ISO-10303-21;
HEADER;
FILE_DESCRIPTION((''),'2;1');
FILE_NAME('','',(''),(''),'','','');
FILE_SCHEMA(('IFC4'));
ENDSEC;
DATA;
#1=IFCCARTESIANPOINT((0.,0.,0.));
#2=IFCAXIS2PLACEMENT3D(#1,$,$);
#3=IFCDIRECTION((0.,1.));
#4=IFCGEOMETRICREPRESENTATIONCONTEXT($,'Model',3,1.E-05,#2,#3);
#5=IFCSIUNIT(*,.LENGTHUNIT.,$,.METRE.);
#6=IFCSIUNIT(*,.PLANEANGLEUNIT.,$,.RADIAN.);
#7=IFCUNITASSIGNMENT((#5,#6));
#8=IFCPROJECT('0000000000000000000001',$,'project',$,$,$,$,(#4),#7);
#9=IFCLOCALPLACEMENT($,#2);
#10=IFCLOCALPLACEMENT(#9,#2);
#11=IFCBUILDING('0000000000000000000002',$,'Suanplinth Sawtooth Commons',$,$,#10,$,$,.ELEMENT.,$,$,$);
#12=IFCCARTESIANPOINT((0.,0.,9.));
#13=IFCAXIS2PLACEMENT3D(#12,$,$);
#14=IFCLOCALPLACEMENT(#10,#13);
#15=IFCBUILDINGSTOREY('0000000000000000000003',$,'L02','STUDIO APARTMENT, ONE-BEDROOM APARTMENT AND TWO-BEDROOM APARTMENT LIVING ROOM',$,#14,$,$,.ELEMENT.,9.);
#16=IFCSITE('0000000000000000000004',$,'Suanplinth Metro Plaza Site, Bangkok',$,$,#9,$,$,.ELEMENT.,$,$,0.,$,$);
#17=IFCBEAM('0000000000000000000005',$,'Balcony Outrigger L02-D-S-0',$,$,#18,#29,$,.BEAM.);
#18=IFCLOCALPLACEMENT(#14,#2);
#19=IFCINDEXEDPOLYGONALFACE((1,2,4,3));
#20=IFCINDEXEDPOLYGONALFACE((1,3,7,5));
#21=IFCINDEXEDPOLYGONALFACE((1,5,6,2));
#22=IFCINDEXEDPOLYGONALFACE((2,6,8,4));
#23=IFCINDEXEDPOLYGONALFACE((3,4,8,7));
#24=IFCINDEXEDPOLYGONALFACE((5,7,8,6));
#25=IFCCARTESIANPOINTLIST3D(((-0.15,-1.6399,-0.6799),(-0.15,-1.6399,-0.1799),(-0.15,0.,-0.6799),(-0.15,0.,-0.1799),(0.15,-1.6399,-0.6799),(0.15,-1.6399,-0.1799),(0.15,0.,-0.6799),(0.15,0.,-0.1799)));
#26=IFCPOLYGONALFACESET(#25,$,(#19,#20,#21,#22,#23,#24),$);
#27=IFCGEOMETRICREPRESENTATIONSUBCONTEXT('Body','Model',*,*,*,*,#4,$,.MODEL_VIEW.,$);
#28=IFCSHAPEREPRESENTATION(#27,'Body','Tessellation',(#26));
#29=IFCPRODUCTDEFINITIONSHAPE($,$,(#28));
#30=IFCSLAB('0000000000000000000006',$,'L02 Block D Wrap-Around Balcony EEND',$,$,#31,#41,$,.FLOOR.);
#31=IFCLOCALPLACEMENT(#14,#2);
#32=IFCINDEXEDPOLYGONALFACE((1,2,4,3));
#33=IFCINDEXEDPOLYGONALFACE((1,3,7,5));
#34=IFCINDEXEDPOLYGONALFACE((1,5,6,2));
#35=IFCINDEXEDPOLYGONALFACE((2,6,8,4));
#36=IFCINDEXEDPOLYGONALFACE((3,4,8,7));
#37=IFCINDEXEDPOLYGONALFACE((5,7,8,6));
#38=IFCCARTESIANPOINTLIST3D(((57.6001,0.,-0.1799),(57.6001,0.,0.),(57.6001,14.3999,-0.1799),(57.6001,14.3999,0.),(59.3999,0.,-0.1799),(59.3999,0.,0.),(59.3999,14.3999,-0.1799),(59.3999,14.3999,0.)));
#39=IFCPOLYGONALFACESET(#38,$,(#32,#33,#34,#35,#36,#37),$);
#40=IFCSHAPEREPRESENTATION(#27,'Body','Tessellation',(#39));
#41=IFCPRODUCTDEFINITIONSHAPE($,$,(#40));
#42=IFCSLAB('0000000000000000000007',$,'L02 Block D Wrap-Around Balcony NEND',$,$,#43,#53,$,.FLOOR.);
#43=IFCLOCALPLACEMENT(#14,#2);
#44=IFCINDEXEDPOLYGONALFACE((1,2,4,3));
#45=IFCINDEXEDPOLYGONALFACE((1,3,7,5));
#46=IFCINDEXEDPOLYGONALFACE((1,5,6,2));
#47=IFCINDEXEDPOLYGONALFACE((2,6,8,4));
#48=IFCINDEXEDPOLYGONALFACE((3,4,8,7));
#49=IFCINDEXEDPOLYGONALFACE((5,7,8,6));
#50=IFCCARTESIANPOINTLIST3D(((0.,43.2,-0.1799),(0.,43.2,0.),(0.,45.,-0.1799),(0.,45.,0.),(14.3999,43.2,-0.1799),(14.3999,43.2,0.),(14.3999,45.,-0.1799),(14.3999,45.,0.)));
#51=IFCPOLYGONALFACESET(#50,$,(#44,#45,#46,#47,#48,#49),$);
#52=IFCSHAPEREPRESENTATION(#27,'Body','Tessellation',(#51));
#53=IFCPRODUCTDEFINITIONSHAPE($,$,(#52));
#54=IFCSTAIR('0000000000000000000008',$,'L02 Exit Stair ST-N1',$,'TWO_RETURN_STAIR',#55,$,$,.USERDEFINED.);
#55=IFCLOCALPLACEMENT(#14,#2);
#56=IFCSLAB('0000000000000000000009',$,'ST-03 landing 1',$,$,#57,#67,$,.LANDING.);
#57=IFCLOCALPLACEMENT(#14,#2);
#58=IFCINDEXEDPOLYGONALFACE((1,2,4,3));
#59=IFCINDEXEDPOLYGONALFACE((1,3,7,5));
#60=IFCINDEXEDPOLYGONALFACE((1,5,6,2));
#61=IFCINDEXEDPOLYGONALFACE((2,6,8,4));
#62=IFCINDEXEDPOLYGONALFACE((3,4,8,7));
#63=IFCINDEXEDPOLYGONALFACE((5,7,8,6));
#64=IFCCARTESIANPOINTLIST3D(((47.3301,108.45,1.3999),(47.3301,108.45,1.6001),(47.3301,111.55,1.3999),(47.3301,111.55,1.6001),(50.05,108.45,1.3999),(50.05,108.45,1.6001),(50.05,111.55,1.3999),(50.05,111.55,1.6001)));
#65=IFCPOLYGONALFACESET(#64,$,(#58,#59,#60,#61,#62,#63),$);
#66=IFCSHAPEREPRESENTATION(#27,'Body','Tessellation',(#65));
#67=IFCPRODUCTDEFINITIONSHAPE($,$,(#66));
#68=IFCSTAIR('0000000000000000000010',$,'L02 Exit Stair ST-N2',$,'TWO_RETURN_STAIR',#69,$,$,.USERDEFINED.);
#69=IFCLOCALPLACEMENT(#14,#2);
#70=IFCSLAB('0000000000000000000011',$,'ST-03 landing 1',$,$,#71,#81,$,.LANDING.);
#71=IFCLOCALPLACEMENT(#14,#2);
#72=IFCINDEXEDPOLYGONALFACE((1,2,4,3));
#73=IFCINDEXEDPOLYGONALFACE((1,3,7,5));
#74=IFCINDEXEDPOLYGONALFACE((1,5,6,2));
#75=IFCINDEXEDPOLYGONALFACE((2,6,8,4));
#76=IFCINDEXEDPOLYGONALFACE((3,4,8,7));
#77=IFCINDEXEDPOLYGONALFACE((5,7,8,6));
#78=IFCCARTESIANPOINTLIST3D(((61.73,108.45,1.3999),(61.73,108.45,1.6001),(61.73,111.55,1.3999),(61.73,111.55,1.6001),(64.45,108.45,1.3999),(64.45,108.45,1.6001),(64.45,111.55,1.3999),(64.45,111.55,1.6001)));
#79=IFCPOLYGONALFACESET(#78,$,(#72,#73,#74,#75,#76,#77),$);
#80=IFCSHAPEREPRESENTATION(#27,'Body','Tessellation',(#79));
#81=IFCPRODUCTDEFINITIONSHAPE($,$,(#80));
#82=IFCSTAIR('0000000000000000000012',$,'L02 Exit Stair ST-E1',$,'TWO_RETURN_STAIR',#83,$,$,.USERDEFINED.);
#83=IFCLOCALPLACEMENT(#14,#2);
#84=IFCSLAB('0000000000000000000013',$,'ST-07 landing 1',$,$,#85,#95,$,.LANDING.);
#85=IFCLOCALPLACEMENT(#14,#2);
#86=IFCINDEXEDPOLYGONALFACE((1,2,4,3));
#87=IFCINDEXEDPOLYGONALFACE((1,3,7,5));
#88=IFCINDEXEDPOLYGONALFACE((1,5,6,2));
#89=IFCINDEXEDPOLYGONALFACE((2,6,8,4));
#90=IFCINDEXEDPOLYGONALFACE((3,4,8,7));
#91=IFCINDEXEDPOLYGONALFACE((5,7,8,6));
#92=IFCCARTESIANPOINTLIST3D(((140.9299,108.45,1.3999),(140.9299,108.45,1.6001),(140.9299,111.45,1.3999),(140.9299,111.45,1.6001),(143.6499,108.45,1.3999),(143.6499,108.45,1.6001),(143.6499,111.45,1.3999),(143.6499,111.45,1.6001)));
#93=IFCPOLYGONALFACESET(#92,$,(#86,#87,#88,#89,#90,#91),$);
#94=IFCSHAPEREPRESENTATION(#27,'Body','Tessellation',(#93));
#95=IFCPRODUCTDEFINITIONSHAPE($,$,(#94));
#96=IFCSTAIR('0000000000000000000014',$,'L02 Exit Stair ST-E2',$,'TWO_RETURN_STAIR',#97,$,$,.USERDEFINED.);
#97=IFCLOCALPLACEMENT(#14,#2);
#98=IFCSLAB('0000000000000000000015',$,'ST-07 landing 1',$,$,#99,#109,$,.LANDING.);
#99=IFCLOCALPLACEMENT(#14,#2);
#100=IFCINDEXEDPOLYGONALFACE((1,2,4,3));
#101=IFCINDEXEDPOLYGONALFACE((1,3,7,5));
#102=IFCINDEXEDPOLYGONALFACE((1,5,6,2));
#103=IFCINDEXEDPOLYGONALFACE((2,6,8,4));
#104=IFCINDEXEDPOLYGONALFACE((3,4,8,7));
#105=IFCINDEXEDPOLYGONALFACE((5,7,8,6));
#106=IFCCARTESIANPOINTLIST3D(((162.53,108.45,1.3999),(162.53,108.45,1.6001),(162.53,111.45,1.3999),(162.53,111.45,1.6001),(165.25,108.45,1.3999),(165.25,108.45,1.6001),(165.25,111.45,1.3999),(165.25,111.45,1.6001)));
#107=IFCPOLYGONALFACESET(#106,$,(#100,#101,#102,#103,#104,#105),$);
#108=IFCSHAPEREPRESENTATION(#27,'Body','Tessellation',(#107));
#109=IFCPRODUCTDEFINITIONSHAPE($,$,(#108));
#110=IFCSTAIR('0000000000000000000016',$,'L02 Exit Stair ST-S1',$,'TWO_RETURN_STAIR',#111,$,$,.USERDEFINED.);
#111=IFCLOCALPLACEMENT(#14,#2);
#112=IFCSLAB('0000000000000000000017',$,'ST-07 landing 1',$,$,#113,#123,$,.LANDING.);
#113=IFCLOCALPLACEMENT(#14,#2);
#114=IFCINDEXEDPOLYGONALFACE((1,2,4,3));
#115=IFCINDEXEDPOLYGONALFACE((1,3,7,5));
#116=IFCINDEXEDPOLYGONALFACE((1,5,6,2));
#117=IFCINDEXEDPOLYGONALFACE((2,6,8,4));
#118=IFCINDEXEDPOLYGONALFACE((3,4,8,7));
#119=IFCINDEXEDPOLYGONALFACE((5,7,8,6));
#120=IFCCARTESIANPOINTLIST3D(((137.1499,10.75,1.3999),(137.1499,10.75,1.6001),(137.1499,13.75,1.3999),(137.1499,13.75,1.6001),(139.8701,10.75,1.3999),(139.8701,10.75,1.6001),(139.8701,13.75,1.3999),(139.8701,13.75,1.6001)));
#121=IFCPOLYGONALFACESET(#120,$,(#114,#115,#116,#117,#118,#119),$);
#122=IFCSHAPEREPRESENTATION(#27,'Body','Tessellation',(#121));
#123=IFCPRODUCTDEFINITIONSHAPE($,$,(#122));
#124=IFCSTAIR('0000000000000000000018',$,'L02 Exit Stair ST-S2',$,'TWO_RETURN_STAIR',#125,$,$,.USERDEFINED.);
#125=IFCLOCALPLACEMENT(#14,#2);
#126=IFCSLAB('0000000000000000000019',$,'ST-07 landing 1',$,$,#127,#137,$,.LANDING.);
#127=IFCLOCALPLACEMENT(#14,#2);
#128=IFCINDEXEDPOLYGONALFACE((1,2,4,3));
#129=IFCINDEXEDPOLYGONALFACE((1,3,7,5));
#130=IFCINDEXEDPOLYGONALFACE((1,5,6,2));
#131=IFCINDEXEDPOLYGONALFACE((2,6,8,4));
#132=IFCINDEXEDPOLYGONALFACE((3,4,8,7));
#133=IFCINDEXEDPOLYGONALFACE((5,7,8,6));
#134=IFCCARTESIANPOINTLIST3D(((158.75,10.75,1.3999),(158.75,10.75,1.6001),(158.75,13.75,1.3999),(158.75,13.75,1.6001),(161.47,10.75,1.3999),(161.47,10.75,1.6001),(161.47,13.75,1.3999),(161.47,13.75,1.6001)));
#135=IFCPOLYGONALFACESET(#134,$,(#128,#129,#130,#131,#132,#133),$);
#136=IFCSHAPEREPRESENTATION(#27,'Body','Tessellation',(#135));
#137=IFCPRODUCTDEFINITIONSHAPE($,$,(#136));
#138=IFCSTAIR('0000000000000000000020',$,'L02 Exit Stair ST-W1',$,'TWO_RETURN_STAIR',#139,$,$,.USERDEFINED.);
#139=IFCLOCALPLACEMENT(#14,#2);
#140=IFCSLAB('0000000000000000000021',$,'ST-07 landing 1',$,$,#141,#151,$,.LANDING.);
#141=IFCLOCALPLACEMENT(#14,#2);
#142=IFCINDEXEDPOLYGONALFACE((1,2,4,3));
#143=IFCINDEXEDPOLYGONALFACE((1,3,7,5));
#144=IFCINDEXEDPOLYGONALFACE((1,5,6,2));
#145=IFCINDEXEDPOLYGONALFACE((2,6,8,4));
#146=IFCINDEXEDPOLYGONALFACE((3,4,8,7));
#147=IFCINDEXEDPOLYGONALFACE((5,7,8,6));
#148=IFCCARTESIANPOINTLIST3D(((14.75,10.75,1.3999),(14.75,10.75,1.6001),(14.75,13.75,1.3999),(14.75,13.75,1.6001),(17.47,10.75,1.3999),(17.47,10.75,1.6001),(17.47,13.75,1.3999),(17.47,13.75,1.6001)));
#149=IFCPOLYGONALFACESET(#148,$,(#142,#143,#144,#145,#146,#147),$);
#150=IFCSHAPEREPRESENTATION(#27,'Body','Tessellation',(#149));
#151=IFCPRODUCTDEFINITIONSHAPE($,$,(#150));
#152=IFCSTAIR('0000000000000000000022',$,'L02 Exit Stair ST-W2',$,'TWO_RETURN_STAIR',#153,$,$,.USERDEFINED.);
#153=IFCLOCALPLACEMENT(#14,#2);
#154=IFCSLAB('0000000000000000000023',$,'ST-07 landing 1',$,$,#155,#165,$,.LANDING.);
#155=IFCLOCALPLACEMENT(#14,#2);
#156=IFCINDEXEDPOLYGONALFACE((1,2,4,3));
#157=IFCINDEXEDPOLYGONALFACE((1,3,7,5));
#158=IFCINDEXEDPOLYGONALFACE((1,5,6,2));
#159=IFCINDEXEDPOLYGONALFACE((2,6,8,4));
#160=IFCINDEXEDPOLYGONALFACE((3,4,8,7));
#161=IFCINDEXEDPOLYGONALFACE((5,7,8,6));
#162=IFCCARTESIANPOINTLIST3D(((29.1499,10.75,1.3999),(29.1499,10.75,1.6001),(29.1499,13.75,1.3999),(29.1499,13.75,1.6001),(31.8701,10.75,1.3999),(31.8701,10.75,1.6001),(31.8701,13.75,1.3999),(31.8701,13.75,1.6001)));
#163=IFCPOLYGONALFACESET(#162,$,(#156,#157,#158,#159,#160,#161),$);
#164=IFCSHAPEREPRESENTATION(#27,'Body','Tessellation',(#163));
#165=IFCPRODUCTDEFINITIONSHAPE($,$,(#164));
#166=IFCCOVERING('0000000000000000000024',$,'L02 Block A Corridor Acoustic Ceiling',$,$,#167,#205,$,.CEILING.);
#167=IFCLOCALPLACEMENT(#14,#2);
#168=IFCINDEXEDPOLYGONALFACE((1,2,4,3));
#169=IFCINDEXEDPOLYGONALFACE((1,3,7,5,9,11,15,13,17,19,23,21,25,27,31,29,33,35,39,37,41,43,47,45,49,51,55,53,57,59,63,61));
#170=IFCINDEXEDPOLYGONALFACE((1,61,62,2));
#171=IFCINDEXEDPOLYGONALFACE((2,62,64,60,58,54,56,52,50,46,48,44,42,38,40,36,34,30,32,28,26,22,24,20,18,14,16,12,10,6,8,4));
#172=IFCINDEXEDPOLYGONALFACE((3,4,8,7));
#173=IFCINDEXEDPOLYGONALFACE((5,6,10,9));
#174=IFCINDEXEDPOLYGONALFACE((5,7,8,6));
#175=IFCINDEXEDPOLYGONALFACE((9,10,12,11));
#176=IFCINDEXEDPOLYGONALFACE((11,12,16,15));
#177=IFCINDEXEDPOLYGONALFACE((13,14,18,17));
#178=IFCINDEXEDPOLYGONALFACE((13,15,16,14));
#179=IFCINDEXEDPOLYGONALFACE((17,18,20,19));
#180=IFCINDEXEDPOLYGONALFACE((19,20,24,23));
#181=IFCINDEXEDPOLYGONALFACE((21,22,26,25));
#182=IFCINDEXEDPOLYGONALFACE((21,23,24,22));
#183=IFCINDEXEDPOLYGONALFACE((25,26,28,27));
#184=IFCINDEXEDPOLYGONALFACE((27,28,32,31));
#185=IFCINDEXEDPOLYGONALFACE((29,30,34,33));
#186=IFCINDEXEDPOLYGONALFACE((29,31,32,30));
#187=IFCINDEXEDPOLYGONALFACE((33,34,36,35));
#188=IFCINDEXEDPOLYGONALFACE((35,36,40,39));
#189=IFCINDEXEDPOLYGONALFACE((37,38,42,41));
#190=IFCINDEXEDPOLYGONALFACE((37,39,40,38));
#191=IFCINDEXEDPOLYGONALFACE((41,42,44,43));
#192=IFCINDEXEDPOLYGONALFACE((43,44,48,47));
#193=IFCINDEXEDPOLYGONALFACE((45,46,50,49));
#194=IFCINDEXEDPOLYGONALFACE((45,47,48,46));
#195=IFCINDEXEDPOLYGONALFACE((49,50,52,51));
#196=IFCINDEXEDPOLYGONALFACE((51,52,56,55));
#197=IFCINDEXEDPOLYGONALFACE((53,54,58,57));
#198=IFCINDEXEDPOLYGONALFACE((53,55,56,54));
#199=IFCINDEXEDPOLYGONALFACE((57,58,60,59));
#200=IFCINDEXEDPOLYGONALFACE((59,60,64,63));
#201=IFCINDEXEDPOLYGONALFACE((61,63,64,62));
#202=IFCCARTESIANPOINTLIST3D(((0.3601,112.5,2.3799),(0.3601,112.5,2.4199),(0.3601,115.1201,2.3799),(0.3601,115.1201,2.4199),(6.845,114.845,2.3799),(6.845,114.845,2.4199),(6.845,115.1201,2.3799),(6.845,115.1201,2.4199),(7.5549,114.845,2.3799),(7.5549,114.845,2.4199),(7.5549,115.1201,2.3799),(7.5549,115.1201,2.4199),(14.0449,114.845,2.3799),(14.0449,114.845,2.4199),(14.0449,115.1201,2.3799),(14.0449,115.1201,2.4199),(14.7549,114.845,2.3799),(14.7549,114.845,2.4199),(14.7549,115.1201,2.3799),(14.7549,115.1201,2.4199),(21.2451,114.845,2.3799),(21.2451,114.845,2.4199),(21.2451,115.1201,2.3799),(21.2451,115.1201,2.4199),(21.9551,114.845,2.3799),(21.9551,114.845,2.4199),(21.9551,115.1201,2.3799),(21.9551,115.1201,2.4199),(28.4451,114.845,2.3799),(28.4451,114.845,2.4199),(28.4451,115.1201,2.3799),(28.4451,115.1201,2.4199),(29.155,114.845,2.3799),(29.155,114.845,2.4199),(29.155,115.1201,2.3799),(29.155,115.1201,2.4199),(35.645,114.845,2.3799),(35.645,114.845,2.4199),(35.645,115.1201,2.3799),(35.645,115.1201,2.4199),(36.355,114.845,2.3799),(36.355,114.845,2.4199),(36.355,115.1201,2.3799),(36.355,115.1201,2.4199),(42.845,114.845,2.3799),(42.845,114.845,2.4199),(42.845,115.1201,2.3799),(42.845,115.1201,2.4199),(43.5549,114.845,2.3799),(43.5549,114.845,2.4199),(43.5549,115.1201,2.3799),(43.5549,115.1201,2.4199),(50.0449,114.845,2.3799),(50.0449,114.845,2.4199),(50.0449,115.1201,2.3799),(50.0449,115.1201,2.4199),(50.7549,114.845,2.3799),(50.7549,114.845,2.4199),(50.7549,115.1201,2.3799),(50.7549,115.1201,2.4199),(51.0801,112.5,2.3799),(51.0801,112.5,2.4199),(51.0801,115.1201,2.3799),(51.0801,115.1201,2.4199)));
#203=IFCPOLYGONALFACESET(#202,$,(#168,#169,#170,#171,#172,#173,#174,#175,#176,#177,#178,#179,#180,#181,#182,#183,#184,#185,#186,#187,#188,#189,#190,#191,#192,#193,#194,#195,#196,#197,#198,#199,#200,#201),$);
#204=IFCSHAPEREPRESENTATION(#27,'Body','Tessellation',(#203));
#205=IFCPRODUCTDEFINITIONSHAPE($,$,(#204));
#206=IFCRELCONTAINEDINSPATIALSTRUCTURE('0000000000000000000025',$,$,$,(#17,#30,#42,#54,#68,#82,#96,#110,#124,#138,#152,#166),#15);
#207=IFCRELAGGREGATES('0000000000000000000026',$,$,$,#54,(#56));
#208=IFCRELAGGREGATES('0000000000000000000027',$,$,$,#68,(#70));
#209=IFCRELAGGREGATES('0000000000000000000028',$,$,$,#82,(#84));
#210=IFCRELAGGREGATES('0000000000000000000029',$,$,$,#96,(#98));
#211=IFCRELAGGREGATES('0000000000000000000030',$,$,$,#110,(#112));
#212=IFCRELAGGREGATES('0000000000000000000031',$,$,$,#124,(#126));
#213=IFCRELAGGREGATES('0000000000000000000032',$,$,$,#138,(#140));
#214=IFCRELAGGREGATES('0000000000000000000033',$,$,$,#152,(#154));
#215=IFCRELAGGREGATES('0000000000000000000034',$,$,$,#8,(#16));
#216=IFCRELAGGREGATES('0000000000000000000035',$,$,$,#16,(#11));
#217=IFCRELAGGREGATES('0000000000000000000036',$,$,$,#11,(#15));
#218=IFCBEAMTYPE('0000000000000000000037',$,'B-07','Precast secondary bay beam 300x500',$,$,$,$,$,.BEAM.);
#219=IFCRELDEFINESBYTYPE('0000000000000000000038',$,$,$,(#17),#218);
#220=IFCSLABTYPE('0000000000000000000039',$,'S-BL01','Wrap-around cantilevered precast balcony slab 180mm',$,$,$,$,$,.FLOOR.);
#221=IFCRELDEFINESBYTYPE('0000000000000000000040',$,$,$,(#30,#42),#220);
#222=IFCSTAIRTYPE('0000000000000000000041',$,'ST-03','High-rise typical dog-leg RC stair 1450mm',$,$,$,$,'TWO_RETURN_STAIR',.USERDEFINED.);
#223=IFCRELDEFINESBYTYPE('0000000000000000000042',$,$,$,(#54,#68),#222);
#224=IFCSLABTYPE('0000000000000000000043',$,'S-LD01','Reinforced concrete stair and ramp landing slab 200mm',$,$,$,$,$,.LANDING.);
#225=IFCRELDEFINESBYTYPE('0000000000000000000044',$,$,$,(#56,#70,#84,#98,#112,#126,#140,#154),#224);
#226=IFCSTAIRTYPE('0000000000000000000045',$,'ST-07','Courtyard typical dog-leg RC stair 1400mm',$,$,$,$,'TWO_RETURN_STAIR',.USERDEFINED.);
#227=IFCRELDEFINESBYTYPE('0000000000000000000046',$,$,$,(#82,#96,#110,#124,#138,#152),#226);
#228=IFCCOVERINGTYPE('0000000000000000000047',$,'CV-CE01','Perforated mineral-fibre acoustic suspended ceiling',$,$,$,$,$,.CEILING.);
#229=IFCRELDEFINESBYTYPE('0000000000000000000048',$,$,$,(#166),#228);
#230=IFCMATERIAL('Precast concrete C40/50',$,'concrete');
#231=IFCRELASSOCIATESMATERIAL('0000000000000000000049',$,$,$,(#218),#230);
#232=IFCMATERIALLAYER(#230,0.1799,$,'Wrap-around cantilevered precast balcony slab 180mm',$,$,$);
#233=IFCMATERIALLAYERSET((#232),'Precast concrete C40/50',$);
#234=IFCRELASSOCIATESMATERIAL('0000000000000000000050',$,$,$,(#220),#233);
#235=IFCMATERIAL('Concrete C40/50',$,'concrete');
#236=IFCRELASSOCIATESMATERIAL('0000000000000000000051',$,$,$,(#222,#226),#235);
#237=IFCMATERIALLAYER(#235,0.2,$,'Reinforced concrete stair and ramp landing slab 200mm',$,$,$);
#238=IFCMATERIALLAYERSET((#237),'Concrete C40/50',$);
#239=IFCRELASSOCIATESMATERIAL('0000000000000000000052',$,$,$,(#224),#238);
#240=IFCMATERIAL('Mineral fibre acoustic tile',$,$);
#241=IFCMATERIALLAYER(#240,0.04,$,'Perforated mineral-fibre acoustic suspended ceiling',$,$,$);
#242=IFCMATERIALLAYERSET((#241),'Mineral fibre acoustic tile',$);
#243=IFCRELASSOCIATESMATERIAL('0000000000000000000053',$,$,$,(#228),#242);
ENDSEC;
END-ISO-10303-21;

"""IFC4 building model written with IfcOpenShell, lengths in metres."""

from ifc_helpers import new_model, si_unit, direction, frame, origin, origin_2d, place, context, subcontext, project, spatial, polyline, rectangle, outline, extrude, material, layer, layer_set, material_profile, profile_set, type_object, element, aggregate, save


model = new_model("IFC4")

# Units and contexts
model_context = context("Model", 3, precision=1e-05, world=origin(), true_north=direction((0.0, 1.0)))
body_context = subcontext(model_context, "Body", "Model", "MODEL_VIEW")
ifc_project = project(units=[si_unit("LENGTHUNIT", "METRE"), si_unit("PLANEANGLEUNIT", "RADIAN")], contexts=[model_context])

# Site, building, storey
site_placement = place(None, origin())
site = spatial("IfcSite", under=ifc_project, at=site_placement, Name="Suanplinth Metro Plaza Site, Bangkok", CompositionType="ELEMENT", RefElevation=0.0)
building_placement = place(site_placement, origin())
building = spatial("IfcBuilding", under=site, at=building_placement, Name="Suanplinth Sawtooth Commons", CompositionType="ELEMENT")
storey_placement = place(building_placement, frame((0.0, 0.0, 9.0)))
storey = spatial("IfcBuildingStorey", under=building, at=storey_placement, Name="L02", Description="STUDIO APARTMENT, ONE-BEDROOM APARTMENT AND TWO-BEDROOM APARTMENT LIVING ROOM", CompositionType="ELEMENT", Elevation=9.0)

# Beam
ifc_material_1 = material(Name="Precast concrete C40/50", Category="concrete")
ifc_material_profile = material_profile(ifc_material_1, rectangle(XDim=0.3, YDim=0.5, at=origin_2d()), Name="PC-BM 300x500")
ifc_profile_set = profile_set([ifc_material_profile], Name="Precast concrete C40/50")
beam_type = type_object("IfcBeamType", Name="B-07", Description="Precast secondary bay beam 300x500", PredefinedType="BEAM", material=ifc_profile_set)
beam_placement = place(storey_placement, frame((0.0, 0.0, -0.4299), z_axis=(0.0, -1.0, 0.0), x_axis=(1.0, 0.0, 0.0)))
element("IfcBeam", 1, at=beam_placement, inside=storey, type_object=beam_type, Name="Balcony Outrigger L02-D-S-0", PredefinedType="BEAM", context=body_context, shape_type="SweptSolid", body=[
    extrude(rectangle(XDim=0.3, YDim=0.5, at=origin_2d()), origin(), (0.0, 0.0, 1.0), 1.6399),
])

# Slabs
ifc_layer_1 = layer(ifc_material_1, 0.1799, Name="Wrap-around cantilevered precast balcony slab 180mm")
ifc_layer_set_1 = layer_set([ifc_layer_1], Name="Precast concrete C40/50")
slab_type_1 = type_object("IfcSlabType", Name="S-BL01", Description="Wrap-around cantilevered precast balcony slab 180mm", PredefinedType="FLOOR", material=ifc_layer_set_1)
slab_1_placement = place(storey_placement, frame((0.0, 0.0, -0.1799)))
element("IfcSlab", 2, at=slab_1_placement, inside=storey, type_object=slab_type_1, Name="L02 Block D Wrap-Around Balcony EEND", PredefinedType="FLOOR", context=body_context, shape_type="SweptSolid", body=[
    extrude(outline(polyline([(59.3999, 14.3999), (59.3999, 0.0), (57.6001, 0.0), (57.6001, 14.3999), (59.3999, 14.3999)])), origin(), (0.0, 0.0, 1.0), 0.1799),
])
slab_2_placement = place(storey_placement, frame((0.0, 0.0, -0.1799)))
element("IfcSlab", 3, at=slab_2_placement, inside=storey, type_object=slab_type_1, Name="L02 Block D Wrap-Around Balcony NEND", PredefinedType="FLOOR", context=body_context, shape_type="SweptSolid", body=[
    extrude(outline(polyline([(0.0, 45.0), (14.3999, 45.0), (14.3999, 43.2), (0.0, 43.2), (0.0, 45.0)])), origin(), (0.0, 0.0, 1.0), 0.1799),
])

# Stairs, slabs
ifc_material_2 = material(Name="Concrete C40/50", Category="concrete")
stair_type_1 = type_object("IfcStairType", Name="ST-03", Description="High-rise typical dog-leg RC stair 1450mm", ElementType="TWO_RETURN_STAIR", PredefinedType="USERDEFINED", material=ifc_material_2)
stair_1_placement = place(storey_placement, origin())
stair_1 = element("IfcStair", 4, at=stair_1_placement, inside=storey, type_object=stair_type_1, Name="L02 Exit Stair ST-N1", ObjectType="TWO_RETURN_STAIR", PredefinedType="USERDEFINED")
ifc_layer_2 = layer(ifc_material_2, 0.2, Name="Reinforced concrete stair and ramp landing slab 200mm")
ifc_layer_set_2 = layer_set([ifc_layer_2], Name="Concrete C40/50")
slab_type_2 = type_object("IfcSlabType", Name="S-LD01", Description="Reinforced concrete stair and ramp landing slab 200mm", PredefinedType="LANDING", material=ifc_layer_set_2)
slab_3_placement = place(storey_placement, frame((0.0, 0.0, 1.3999)))
slab_3 = element("IfcSlab", 5, at=slab_3_placement, type_object=slab_type_2, Name="ST-03 landing 1", PredefinedType="LANDING", context=body_context, shape_type="SweptSolid", body=[
    extrude(outline(polyline([(47.3301, 108.45), (50.05, 108.45), (50.05, 111.55), (47.3301, 111.55), (47.3301, 108.45)])), origin(), (0.0, 0.0, 1.0), 0.2002),
])
aggregate(stair_1, [slab_3])
stair_2_placement = place(storey_placement, origin())
stair_2 = element("IfcStair", 6, at=stair_2_placement, inside=storey, type_object=stair_type_1, Name="L02 Exit Stair ST-N2", ObjectType="TWO_RETURN_STAIR", PredefinedType="USERDEFINED")
slab_4_placement = place(storey_placement, frame((0.0, 0.0, 1.3999)))
slab_4 = element("IfcSlab", 7, at=slab_4_placement, type_object=slab_type_2, Name="ST-03 landing 1", PredefinedType="LANDING", context=body_context, shape_type="SweptSolid", body=[
    extrude(outline(polyline([(61.73, 108.45), (64.45, 108.45), (64.45, 111.55), (61.73, 111.55), (61.73, 108.45)])), origin(), (0.0, 0.0, 1.0), 0.2002),
])
aggregate(stair_2, [slab_4])
stair_type_2 = type_object("IfcStairType", Name="ST-07", Description="Courtyard typical dog-leg RC stair 1400mm", ElementType="TWO_RETURN_STAIR", PredefinedType="USERDEFINED", material=ifc_material_2)
stair_3_placement = place(storey_placement, origin())
stair_3 = element("IfcStair", 8, at=stair_3_placement, inside=storey, type_object=stair_type_2, Name="L02 Exit Stair ST-E1", ObjectType="TWO_RETURN_STAIR", PredefinedType="USERDEFINED")
slab_5_placement = place(storey_placement, frame((0.0, 0.0, 1.3999)))
slab_5 = element("IfcSlab", 9, at=slab_5_placement, type_object=slab_type_2, Name="ST-07 landing 1", PredefinedType="LANDING", context=body_context, shape_type="SweptSolid", body=[
    extrude(outline(polyline([(140.9299, 108.45), (143.6499, 108.45), (143.6499, 111.45), (140.9299, 111.45), (140.9299, 108.45)])), origin(), (0.0, 0.0, 1.0), 0.2002),
])
aggregate(stair_3, [slab_5])
stair_4_placement = place(storey_placement, origin())
stair_4 = element("IfcStair", 10, at=stair_4_placement, inside=storey, type_object=stair_type_2, Name="L02 Exit Stair ST-E2", ObjectType="TWO_RETURN_STAIR", PredefinedType="USERDEFINED")
slab_6_placement = place(storey_placement, frame((0.0, 0.0, 1.3999)))
slab_6 = element("IfcSlab", 11, at=slab_6_placement, type_object=slab_type_2, Name="ST-07 landing 1", PredefinedType="LANDING", context=body_context, shape_type="SweptSolid", body=[
    extrude(outline(polyline([(162.53, 108.45), (165.25, 108.45), (165.25, 111.45), (162.53, 111.45), (162.53, 108.45)])), origin(), (0.0, 0.0, 1.0), 0.2002),
])
aggregate(stair_4, [slab_6])
stair_5_placement = place(storey_placement, origin())
stair_5 = element("IfcStair", 12, at=stair_5_placement, inside=storey, type_object=stair_type_2, Name="L02 Exit Stair ST-S1", ObjectType="TWO_RETURN_STAIR", PredefinedType="USERDEFINED")
slab_7_placement = place(storey_placement, frame((0.0, 0.0, 1.3999)))
slab_7 = element("IfcSlab", 13, at=slab_7_placement, type_object=slab_type_2, Name="ST-07 landing 1", PredefinedType="LANDING", context=body_context, shape_type="SweptSolid", body=[
    extrude(outline(polyline([(139.8701, 13.75), (137.1499, 13.75), (137.1499, 10.75), (139.8701, 10.75), (139.8701, 13.75)])), origin(), (0.0, 0.0, 1.0), 0.2002),
])
aggregate(stair_5, [slab_7])
stair_6_placement = place(storey_placement, origin())
stair_6 = element("IfcStair", 14, at=stair_6_placement, inside=storey, type_object=stair_type_2, Name="L02 Exit Stair ST-S2", ObjectType="TWO_RETURN_STAIR", PredefinedType="USERDEFINED")
slab_8_placement = place(storey_placement, frame((0.0, 0.0, 1.3999)))
slab_8 = element("IfcSlab", 15, at=slab_8_placement, type_object=slab_type_2, Name="ST-07 landing 1", PredefinedType="LANDING", context=body_context, shape_type="SweptSolid", body=[
    extrude(outline(polyline([(161.47, 13.75), (158.75, 13.75), (158.75, 10.75), (161.47, 10.75), (161.47, 13.75)])), origin(), (0.0, 0.0, 1.0), 0.2002),
])
aggregate(stair_6, [slab_8])
stair_7_placement = place(storey_placement, origin())
stair_7 = element("IfcStair", 16, at=stair_7_placement, inside=storey, type_object=stair_type_2, Name="L02 Exit Stair ST-W1", ObjectType="TWO_RETURN_STAIR", PredefinedType="USERDEFINED")
slab_9_placement = place(storey_placement, frame((0.0, 0.0, 1.3999)))
slab_9 = element("IfcSlab", 17, at=slab_9_placement, type_object=slab_type_2, Name="ST-07 landing 1", PredefinedType="LANDING", context=body_context, shape_type="SweptSolid", body=[
    extrude(outline(polyline([(17.47, 13.75), (14.75, 13.75), (14.75, 10.75), (17.47, 10.75), (17.47, 13.75)])), origin(), (0.0, 0.0, 1.0), 0.2002),
])
aggregate(stair_7, [slab_9])
stair_8_placement = place(storey_placement, origin())
stair_8 = element("IfcStair", 18, at=stair_8_placement, inside=storey, type_object=stair_type_2, Name="L02 Exit Stair ST-W2", ObjectType="TWO_RETURN_STAIR", PredefinedType="USERDEFINED")
slab_10_placement = place(storey_placement, frame((0.0, 0.0, 1.3999)))
slab_10 = element("IfcSlab", 19, at=slab_10_placement, type_object=slab_type_2, Name="ST-07 landing 1", PredefinedType="LANDING", context=body_context, shape_type="SweptSolid", body=[
    extrude(outline(polyline([(31.8701, 13.75), (29.1499, 13.75), (29.1499, 10.75), (31.8701, 10.75), (31.8701, 13.75)])), origin(), (0.0, 0.0, 1.0), 0.2002),
])
aggregate(stair_8, [slab_10])

# Covering
ifc_material_3 = material(Name="Mineral fibre acoustic tile")
ifc_layer_3 = layer(ifc_material_3, 0.04, Name="Perforated mineral-fibre acoustic suspended ceiling")
ifc_layer_set_3 = layer_set([ifc_layer_3], Name="Mineral fibre acoustic tile")
covering_type = type_object("IfcCoveringType", Name="CV-CE01", Description="Perforated mineral-fibre acoustic suspended ceiling", PredefinedType="CEILING", material=ifc_layer_set_3)
covering_1_placement = place(storey_placement, frame((0.0, 0.0, 2.3799)))
element("IfcCovering", 20, at=covering_1_placement, inside=storey, type_object=covering_type, Name="L02 Block A Corridor Acoustic Ceiling", PredefinedType="CEILING", context=body_context, shape_type="SweptSolid", body=[
    extrude(outline(polyline([(0.3601, 112.5), (0.3601, 115.1201), (6.845, 115.1201), (6.845, 114.845), (7.5549, 114.845), (7.5549, 115.1201), (14.0449, 115.1201), (14.0449, 114.845), (14.7549, 114.845), (14.7549, 115.1201), (21.2451, 115.1201), (21.2451, 114.845), (21.9551, 114.845), (21.9551, 115.1201), (28.4451, 115.1201), (28.4451, 114.845), (29.155, 114.845), (29.155, 115.1201), (35.645, 115.1201), (35.645, 114.845), (36.355, 114.845), (36.355, 115.1201), (42.845, 115.1201), (42.845, 114.845), (43.5549, 114.845), (43.5549, 115.1201), (50.0449, 115.1201), (50.0449, 114.845), (50.7549, 114.845), (50.7549, 115.1201), (51.0801, 115.1201), (51.0801, 112.5), (0.3601, 112.5)])), origin(), (0.0, 0.0, 1.0), 0.04),
])

save(model, "model.ifc")
